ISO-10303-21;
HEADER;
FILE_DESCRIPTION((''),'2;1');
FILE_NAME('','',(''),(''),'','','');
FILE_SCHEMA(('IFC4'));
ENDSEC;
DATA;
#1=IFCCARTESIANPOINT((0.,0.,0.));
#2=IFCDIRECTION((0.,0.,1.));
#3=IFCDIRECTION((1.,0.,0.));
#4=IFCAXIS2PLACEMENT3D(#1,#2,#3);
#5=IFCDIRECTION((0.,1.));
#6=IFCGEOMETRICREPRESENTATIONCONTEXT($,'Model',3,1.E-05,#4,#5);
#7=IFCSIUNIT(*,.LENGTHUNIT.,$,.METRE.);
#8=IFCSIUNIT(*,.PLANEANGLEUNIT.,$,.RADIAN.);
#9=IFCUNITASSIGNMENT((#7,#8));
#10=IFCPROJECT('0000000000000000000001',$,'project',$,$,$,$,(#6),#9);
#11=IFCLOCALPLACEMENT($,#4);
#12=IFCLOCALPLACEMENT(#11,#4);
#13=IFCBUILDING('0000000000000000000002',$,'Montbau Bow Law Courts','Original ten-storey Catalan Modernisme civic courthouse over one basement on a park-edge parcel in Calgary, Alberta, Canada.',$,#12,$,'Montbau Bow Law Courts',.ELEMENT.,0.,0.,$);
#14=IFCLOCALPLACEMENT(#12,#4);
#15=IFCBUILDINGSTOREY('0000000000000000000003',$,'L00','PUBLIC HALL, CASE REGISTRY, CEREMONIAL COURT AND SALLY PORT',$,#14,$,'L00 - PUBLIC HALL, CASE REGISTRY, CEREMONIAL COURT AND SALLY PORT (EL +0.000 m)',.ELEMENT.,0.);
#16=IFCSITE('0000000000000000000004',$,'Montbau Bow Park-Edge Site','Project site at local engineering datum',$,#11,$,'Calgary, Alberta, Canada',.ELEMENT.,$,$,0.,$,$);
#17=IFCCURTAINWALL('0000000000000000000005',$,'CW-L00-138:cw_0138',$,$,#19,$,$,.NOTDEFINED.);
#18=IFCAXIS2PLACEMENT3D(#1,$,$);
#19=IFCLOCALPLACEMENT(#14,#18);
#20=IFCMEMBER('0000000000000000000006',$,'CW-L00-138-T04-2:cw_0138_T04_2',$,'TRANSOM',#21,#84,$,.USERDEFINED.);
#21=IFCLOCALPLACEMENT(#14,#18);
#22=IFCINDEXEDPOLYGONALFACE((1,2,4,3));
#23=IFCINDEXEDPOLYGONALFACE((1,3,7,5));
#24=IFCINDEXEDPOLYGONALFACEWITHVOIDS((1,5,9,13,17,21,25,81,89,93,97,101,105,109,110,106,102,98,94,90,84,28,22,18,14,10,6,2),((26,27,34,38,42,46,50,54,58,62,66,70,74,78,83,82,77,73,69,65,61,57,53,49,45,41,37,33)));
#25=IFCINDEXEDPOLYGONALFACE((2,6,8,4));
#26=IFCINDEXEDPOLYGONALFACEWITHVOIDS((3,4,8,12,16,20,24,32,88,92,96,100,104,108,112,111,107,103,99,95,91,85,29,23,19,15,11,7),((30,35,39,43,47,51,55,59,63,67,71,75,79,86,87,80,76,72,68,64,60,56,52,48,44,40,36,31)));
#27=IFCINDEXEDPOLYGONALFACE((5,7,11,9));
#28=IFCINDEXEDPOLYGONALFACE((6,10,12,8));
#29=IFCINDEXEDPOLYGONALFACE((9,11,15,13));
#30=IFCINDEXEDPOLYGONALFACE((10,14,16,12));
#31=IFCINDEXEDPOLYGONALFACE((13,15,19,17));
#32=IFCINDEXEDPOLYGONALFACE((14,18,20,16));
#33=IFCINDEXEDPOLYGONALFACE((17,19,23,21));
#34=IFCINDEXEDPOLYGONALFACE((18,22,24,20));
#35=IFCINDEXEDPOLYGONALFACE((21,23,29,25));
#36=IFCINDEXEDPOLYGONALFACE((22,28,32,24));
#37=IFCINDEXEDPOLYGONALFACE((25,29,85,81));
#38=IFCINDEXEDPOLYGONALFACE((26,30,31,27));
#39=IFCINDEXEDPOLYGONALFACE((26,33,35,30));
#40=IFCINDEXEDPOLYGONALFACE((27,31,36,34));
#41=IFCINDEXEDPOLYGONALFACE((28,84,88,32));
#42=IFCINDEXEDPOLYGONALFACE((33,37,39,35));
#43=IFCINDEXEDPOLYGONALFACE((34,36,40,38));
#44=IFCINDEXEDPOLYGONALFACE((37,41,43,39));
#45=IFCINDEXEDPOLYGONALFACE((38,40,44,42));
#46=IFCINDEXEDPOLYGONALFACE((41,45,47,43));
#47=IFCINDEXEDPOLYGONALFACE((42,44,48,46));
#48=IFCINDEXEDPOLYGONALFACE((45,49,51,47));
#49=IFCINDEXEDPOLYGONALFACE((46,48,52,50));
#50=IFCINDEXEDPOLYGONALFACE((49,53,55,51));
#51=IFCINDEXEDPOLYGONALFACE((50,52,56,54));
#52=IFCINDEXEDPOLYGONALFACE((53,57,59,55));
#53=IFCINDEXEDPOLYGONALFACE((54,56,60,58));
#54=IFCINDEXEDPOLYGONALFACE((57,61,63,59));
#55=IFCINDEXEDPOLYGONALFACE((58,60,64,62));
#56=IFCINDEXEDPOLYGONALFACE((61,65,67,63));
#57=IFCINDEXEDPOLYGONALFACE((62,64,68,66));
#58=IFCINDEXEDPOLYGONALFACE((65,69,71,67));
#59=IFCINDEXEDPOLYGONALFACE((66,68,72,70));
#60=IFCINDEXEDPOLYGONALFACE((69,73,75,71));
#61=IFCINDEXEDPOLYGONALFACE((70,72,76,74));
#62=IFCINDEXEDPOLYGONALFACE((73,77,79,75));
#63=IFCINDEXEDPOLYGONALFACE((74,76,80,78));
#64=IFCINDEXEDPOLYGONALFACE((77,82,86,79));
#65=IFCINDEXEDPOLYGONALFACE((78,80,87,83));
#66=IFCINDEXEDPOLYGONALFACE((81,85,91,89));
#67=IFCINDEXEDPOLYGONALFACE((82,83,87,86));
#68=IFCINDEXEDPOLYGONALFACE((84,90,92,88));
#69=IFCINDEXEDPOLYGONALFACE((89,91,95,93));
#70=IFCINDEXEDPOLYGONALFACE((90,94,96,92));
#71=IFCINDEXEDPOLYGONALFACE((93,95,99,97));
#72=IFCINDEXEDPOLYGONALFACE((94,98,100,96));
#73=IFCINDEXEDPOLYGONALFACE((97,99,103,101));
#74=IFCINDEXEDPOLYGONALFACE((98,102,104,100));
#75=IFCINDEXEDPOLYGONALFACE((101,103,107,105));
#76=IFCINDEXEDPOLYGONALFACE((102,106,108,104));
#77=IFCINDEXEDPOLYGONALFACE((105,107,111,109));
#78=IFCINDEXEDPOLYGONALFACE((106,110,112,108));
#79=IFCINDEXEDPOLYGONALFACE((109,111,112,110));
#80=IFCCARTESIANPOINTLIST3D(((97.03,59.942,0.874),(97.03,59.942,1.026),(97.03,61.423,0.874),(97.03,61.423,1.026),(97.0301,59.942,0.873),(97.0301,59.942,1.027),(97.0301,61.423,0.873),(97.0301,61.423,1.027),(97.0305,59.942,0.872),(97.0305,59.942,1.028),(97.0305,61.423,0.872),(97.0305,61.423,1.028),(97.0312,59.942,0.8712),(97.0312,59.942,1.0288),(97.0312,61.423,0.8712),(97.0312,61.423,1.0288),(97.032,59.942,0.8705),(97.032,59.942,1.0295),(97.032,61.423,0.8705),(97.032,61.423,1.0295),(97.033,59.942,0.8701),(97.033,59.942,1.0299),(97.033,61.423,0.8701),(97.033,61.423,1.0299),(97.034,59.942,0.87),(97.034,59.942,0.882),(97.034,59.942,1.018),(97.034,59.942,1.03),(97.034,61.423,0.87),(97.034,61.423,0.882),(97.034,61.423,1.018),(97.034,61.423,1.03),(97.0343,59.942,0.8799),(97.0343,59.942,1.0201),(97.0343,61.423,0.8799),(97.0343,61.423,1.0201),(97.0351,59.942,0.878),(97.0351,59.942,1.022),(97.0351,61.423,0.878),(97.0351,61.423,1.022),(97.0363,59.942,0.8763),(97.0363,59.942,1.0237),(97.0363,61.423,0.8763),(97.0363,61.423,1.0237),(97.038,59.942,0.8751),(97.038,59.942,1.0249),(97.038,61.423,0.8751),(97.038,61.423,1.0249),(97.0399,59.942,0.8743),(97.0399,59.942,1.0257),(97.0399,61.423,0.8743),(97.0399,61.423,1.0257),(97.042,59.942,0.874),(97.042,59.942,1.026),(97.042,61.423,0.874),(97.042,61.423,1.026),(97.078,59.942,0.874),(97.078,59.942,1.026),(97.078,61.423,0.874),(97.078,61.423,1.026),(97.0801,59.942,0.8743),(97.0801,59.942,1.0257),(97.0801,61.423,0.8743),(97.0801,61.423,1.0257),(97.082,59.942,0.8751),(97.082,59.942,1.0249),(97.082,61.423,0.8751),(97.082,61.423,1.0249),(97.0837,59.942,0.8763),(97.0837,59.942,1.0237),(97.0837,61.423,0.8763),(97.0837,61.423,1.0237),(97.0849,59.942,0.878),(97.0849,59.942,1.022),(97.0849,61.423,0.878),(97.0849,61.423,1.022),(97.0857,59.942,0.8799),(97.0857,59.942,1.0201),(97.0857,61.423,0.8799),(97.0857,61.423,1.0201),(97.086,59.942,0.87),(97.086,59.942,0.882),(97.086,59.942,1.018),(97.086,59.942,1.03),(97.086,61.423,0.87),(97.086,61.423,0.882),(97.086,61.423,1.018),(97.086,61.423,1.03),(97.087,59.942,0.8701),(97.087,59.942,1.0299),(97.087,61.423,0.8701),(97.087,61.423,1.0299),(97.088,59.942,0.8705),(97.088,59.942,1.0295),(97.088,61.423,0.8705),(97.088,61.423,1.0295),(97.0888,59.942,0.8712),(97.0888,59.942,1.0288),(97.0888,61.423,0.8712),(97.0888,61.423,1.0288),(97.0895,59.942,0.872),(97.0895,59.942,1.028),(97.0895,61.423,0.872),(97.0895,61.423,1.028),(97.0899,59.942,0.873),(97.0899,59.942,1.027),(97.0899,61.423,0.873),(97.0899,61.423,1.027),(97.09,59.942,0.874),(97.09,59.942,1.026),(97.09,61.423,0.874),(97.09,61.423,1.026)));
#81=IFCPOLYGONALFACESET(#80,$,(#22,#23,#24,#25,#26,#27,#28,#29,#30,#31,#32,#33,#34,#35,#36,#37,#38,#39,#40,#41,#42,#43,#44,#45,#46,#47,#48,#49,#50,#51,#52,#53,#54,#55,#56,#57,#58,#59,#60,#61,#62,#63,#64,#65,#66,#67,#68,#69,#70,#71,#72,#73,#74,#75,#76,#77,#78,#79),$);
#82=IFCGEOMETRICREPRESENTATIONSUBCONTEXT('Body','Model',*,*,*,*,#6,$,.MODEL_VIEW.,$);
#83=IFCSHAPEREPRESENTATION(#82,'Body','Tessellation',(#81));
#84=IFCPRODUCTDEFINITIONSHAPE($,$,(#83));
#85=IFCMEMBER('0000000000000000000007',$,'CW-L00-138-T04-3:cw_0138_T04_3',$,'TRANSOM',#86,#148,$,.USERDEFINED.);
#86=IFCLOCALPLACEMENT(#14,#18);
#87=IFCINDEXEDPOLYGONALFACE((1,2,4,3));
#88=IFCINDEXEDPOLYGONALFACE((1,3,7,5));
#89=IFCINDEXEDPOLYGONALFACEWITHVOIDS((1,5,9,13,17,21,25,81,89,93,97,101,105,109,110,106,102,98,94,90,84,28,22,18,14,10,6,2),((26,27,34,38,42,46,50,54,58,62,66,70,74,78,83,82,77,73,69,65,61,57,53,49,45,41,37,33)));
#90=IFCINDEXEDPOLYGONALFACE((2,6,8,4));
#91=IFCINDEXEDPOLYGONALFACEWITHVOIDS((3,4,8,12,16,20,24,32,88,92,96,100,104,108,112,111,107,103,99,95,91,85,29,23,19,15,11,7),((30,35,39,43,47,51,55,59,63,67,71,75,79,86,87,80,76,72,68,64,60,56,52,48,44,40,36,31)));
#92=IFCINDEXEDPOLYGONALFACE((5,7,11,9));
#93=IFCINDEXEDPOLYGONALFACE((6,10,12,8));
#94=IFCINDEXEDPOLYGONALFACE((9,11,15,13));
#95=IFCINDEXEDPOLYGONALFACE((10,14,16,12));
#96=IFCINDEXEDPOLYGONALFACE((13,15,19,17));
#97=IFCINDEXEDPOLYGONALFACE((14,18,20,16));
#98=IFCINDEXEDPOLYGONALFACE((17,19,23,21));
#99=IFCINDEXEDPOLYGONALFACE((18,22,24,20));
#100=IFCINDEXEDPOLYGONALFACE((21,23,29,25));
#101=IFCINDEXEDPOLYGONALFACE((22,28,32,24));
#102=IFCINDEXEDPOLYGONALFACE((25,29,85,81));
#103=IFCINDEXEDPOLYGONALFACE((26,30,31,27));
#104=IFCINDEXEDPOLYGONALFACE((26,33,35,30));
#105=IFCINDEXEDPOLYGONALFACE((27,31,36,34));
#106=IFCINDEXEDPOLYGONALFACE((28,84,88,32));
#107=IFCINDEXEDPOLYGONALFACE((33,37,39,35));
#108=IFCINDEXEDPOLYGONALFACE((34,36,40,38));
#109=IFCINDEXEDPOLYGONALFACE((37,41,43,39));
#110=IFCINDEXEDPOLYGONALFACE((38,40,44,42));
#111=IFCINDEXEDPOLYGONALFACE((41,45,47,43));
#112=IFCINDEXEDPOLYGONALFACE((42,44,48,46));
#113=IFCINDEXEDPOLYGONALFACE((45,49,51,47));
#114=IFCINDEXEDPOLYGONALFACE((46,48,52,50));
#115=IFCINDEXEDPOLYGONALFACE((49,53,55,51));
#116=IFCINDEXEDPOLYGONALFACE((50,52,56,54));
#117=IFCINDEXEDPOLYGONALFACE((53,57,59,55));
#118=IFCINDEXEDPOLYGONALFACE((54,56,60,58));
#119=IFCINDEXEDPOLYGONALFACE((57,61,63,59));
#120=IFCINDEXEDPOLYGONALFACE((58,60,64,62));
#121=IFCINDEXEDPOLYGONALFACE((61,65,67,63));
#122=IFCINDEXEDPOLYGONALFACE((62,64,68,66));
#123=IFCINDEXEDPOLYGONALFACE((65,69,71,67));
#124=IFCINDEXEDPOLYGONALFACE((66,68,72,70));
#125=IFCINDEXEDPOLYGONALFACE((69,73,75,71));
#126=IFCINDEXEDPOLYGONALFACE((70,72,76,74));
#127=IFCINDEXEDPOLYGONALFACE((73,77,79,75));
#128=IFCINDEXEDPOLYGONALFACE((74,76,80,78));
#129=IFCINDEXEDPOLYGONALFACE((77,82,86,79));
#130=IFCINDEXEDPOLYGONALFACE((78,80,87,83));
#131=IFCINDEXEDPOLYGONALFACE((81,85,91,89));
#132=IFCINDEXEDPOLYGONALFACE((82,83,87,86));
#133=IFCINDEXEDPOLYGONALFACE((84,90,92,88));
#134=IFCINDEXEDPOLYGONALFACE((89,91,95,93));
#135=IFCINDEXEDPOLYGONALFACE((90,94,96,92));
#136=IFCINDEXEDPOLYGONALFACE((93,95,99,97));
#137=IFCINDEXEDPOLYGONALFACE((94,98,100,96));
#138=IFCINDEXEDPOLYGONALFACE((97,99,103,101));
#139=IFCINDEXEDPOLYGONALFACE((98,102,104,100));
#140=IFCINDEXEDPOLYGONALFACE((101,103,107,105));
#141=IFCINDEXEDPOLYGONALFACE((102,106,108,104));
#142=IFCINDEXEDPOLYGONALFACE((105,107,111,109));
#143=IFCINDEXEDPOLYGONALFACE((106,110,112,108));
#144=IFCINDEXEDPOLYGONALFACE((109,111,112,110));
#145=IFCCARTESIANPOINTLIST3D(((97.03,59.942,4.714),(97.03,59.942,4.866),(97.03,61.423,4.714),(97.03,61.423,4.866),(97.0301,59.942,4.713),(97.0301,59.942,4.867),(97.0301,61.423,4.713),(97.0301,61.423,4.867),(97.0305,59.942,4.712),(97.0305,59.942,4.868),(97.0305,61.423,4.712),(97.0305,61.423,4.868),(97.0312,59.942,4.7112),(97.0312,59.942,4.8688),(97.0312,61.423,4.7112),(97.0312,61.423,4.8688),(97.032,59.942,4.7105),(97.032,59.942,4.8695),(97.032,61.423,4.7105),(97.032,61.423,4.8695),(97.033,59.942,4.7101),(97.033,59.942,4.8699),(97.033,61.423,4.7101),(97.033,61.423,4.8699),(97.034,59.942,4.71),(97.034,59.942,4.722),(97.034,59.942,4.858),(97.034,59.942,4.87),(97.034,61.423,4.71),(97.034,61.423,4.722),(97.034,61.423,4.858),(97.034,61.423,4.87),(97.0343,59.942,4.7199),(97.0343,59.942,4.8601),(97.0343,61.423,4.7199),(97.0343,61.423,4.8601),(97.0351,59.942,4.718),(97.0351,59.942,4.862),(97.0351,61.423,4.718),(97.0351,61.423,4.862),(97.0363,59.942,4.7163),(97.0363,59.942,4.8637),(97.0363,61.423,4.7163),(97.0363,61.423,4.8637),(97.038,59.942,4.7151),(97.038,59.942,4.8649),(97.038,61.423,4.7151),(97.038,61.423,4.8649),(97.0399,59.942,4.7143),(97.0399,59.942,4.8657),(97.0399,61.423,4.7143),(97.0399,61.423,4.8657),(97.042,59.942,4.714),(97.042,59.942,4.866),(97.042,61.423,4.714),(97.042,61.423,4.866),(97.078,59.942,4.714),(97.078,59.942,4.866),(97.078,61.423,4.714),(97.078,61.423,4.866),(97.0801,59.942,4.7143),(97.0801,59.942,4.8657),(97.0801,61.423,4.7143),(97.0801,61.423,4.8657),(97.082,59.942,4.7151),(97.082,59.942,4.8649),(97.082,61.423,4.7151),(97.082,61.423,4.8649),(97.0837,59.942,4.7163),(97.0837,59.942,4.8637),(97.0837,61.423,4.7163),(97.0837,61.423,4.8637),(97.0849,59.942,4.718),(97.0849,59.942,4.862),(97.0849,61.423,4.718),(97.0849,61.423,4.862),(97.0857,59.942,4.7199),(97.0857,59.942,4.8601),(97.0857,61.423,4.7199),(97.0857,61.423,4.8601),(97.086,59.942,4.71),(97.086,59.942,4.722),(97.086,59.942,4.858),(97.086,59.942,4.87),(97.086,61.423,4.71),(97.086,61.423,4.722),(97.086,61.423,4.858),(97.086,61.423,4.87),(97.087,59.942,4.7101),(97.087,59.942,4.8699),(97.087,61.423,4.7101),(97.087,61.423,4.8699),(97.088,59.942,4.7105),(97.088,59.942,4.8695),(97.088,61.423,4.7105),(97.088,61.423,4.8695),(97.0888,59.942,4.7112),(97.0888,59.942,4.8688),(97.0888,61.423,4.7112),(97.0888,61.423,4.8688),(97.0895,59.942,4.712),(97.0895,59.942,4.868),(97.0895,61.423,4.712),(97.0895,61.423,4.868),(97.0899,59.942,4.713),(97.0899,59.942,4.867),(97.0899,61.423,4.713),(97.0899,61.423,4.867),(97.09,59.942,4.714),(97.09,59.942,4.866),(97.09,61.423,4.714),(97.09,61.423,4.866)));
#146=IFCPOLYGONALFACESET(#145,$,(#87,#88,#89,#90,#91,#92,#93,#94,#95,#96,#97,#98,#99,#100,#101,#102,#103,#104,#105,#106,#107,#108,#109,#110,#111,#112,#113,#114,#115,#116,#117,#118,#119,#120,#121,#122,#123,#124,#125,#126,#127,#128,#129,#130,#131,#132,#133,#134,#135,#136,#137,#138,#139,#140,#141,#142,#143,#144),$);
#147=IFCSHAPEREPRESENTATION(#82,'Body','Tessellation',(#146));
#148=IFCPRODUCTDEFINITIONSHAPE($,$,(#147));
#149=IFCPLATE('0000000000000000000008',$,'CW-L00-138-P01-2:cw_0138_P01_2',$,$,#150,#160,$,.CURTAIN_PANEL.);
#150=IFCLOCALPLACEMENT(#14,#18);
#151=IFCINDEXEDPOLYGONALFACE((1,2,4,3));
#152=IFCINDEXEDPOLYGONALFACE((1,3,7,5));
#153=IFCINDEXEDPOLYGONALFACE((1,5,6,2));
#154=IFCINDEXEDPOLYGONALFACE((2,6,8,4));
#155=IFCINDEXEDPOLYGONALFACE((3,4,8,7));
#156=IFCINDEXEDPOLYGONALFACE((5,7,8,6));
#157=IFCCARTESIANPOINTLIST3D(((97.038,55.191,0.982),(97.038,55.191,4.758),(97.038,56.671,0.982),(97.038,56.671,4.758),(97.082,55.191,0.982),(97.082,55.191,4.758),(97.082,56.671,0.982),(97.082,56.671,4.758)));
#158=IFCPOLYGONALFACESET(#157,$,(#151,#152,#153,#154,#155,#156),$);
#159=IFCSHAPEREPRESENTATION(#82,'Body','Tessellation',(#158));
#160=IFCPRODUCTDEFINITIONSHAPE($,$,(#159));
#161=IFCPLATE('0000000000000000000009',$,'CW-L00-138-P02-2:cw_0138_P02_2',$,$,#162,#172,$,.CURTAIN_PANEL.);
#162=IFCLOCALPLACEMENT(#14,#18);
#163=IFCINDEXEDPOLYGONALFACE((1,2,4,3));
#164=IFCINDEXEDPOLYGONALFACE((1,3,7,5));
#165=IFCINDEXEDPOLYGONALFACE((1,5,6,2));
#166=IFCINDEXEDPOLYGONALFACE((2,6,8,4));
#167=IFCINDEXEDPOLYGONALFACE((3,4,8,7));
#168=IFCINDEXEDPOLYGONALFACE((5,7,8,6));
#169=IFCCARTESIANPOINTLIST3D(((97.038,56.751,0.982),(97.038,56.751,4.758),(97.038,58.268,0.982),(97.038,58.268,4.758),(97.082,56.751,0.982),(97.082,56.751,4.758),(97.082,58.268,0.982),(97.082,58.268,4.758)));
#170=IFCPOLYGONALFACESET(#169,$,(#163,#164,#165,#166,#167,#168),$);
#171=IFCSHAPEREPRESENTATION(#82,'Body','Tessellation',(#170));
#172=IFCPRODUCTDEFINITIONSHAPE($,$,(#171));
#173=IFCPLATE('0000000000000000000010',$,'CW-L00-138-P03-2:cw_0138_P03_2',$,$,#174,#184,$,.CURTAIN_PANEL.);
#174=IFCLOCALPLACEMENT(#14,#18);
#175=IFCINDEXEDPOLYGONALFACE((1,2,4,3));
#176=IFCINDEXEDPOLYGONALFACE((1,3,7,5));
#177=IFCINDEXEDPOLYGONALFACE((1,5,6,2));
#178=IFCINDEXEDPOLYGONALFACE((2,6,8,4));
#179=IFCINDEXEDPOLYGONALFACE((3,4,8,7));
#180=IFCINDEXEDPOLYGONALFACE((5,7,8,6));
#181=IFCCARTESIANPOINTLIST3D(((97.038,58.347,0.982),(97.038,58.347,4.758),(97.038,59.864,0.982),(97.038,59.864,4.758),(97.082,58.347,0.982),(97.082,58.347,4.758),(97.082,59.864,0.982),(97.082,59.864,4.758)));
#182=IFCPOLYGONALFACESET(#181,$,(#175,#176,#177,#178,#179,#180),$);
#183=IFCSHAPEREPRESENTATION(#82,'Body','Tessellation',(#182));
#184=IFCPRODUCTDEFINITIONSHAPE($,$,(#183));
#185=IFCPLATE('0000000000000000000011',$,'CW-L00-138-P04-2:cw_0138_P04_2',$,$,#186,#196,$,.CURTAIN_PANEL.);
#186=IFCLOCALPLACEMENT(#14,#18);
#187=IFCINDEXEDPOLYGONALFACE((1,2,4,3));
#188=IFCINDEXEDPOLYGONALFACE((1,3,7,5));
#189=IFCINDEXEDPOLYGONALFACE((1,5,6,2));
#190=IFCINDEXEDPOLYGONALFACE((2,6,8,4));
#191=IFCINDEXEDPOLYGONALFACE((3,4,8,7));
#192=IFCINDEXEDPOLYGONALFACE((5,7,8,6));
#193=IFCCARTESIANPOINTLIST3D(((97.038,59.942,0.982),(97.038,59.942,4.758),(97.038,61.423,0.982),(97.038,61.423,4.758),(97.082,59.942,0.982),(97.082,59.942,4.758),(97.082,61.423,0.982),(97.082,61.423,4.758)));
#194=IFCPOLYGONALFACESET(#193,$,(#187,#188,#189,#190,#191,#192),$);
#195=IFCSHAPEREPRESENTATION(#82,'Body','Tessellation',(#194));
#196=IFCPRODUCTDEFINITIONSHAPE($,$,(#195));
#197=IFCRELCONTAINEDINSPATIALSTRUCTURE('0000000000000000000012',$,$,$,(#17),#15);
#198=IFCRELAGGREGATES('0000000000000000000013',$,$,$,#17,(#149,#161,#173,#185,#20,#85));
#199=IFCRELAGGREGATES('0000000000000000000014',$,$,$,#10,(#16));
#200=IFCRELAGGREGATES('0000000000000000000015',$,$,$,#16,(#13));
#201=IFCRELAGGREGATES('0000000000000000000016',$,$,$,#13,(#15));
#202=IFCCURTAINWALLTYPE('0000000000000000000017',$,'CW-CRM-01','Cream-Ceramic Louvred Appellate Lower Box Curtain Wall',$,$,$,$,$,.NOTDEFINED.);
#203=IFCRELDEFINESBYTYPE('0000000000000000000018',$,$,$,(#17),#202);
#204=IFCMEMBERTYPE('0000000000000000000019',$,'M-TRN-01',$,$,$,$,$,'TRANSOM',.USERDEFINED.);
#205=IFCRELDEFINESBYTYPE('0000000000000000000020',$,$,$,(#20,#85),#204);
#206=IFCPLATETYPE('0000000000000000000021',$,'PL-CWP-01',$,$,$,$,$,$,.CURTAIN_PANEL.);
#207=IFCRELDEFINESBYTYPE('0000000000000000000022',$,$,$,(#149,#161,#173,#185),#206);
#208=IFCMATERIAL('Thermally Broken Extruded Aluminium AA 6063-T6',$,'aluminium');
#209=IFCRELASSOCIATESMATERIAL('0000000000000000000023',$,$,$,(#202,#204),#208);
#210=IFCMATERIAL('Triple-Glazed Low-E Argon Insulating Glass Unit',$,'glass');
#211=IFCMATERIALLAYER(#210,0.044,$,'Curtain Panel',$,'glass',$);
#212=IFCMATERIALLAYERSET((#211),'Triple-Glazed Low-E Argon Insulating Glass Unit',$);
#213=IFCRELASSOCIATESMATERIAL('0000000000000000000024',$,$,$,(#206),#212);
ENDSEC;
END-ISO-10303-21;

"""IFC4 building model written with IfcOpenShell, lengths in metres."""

from ifc_helpers import new_model, si_unit, direction, frame, frame_2d, origin_with_axes, origin_2d_with_axis, place, context, subcontext, project, spatial, rectangle, hollow_rectangle, extrude, material, layer, layer_set, material_profile, profile_set, type_object, element, aggregate, save


model = new_model("IFC4")

# Units and contexts
model_context = context("Model", 3, precision=1e-05, world=origin_with_axes(), true_north=direction((0.0, 1.0)))
body_context = subcontext(model_context, "Body", "Model", "MODEL_VIEW")
ifc_project = project(units=[si_unit("LENGTHUNIT", "METRE"), si_unit("PLANEANGLEUNIT", "RADIAN")], contexts=[model_context])

# Site, building, storey
site_placement = place(None, origin_with_axes())
site = spatial("IfcSite", under=ifc_project, at=site_placement, Name="Montbau Bow Park-Edge Site", Description="Project site at local engineering datum", LongName="Calgary, Alberta, Canada", CompositionType="ELEMENT", RefElevation=0.0)
building_placement = place(site_placement, origin_with_axes())
building = spatial("IfcBuilding", under=site, at=building_placement, Name="Montbau Bow Law Courts", Description="Original ten-storey Catalan Modernisme civic courthouse over one basement on a park-edge parcel in Calgary, Alberta, Canada.", LongName="Montbau Bow Law Courts", CompositionType="ELEMENT", ElevationOfRefHeight=0.0, ElevationOfTerrain=0.0)
storey_placement = place(building_placement, origin_with_axes())
storey = spatial("IfcBuildingStorey", under=building, at=storey_placement, Name="L00", Description="PUBLIC HALL, CASE REGISTRY, CEREMONIAL COURT AND SALLY PORT", LongName="L00 - PUBLIC HALL, CASE REGISTRY, CEREMONIAL COURT AND SALLY PORT (EL +0.000 m)", CompositionType="ELEMENT", Elevation=0.0)

# Curtain wall
ifc_material_1 = material(Name="Thermally Broken Extruded Aluminium AA 6063-T6", Category="aluminium")
curtain_wall_type = type_object("IfcCurtainWallType", Name="CW-CRM-01", Description="Cream-Ceramic Louvred Appellate Lower Box Curtain Wall", PredefinedType="NOTDEFINED", material=ifc_material_1)
curtain_wall_1_placement = place(None, frame((97.06, 55.115, 0.0), z_axis=(0.0, 0.0, 1.0), x_axis=(1.0, 0.0, 0.0)))
curtain_wall_1 = element("IfcCurtainWall", 1, at=curtain_wall_1_placement, inside=storey, type_object=curtain_wall_type, Name="CW-L00-138:cw_0138", PredefinedType="NOTDEFINED")

# Members
ifc_material_profile_1 = material_profile(ifc_material_1, hollow_rectangle(XDim=0.06, YDim=0.16, WallThickness=0.004, InnerFilletRadius=0.008, OuterFilletRadius=0.004, at=origin_2d_with_axis()), Name="CWT-160X60", Category="Main", Priority=0)
ifc_profile_set_1 = profile_set([ifc_material_profile_1], Name="Thermally Broken Extruded Aluminium AA 6063-T6")
member_type_1 = type_object("IfcMemberType", Name="M-TRN-01", ElementType="TRANSOM", PredefinedType="USERDEFINED", material=ifc_profile_set_1)
member_1_placement = place(None, frame((97.06, 59.942, 0.95), z_axis=(0.0, 1.0, 0.0), x_axis=(-1.0, 0.0, 0.0)))
member_1 = element("IfcMember", 2, at=member_1_placement, type_object=member_type_1, Name="CW-L00-138-T04-2:cw_0138_T04_2", ObjectType="TRANSOM", PredefinedType="USERDEFINED", context=body_context, shape_type="SweptSolid", body=[
    extrude(hollow_rectangle(XDim=0.06, YDim=0.16, WallThickness=0.004, InnerFilletRadius=0.008, OuterFilletRadius=0.004, at=origin_2d_with_axis()), origin_with_axes(), (0.0, 0.0, 1.0), 1.481),
])
member_2_placement = place(None, frame((97.06, 59.942, 4.79), z_axis=(0.0, 1.0, 0.0), x_axis=(-1.0, 0.0, 0.0)))
member_2 = element("IfcMember", 3, at=member_2_placement, type_object=member_type_1, Name="CW-L00-138-T04-3:cw_0138_T04_3", ObjectType="TRANSOM", PredefinedType="USERDEFINED", context=body_context, shape_type="SweptSolid", body=[
    extrude(hollow_rectangle(XDim=0.06, YDim=0.16, WallThickness=0.004, InnerFilletRadius=0.008, OuterFilletRadius=0.004, at=origin_2d_with_axis()), origin_with_axes(), (0.0, 0.0, 1.0), 1.481),
])

# Plates
ifc_material_2 = material(Name="Triple-Glazed Low-E Argon Insulating Glass Unit", Category="glass")
ifc_layer_1 = layer(ifc_material_2, 0.044, Name="Curtain Panel", Category="glass")
ifc_layer_set_1 = layer_set([ifc_layer_1], Name="Triple-Glazed Low-E Argon Insulating Glass Unit")
plate_type_1 = type_object("IfcPlateType", Name="PL-CWP-01", PredefinedType="CURTAIN_PANEL", material=ifc_layer_set_1)
plate_1_placement = place(None, frame((97.06, 55.191, 0.982), z_axis=(1.0, 0.0, 0.0), x_axis=(0.0, 1.0, 0.0)))
plate_1 = element("IfcPlate", 4, at=plate_1_placement, type_object=plate_type_1, Name="CW-L00-138-P01-2:cw_0138_P01_2", PredefinedType="CURTAIN_PANEL", context=body_context, shape_type="SweptSolid", body=[
    extrude(rectangle(XDim=1.48, YDim=3.776, at=frame_2d((0.74, 1.888), x_axis=(1.0, 0.0))), frame((0.0, 0.0, -0.022), z_axis=(0.0, 0.0, 1.0), x_axis=(1.0, 0.0, 0.0)), (0.0, 0.0, 1.0), 0.044),
])
plate_2_placement = place(None, frame((97.06, 56.751, 0.982), z_axis=(1.0, 0.0, 0.0), x_axis=(0.0, 1.0, 0.0)))
plate_2 = element("IfcPlate", 5, at=plate_2_placement, type_object=plate_type_1, Name="CW-L00-138-P02-2:cw_0138_P02_2", PredefinedType="CURTAIN_PANEL", context=body_context, shape_type="SweptSolid", body=[
    extrude(rectangle(XDim=1.517, YDim=3.776, at=frame_2d((0.7585, 1.888), x_axis=(1.0, 0.0))), frame((0.0, 0.0, -0.022), z_axis=(0.0, 0.0, 1.0), x_axis=(1.0, 0.0, 0.0)), (0.0, 0.0, 1.0), 0.044),
])
plate_3_placement = place(None, frame((97.06, 58.347, 0.982), z_axis=(1.0, 0.0, 0.0), x_axis=(0.0, 1.0, 0.0)))
plate_3 = element("IfcPlate", 6, at=plate_3_placement, type_object=plate_type_1, Name="CW-L00-138-P03-2:cw_0138_P03_2", PredefinedType="CURTAIN_PANEL", context=body_context, shape_type="SweptSolid", body=[
    extrude(rectangle(XDim=1.517, YDim=3.776, at=frame_2d((0.7585, 1.888), x_axis=(1.0, 0.0))), frame((0.0, 0.0, -0.022), z_axis=(0.0, 0.0, 1.0), x_axis=(1.0, 0.0, 0.0)), (0.0, 0.0, 1.0), 0.044),
])
plate_4_placement = place(None, frame((97.06, 59.942, 0.982), z_axis=(1.0, 0.0, 0.0), x_axis=(0.0, 1.0, 0.0)))
plate_4 = element("IfcPlate", 7, at=plate_4_placement, type_object=plate_type_1, Name="CW-L00-138-P04-2:cw_0138_P04_2", PredefinedType="CURTAIN_PANEL", context=body_context, shape_type="SweptSolid", body=[
    extrude(rectangle(XDim=1.481, YDim=3.776, at=frame_2d((0.7405, 1.888), x_axis=(1.0, 0.0))), frame((0.0, 0.0, -0.022), z_axis=(0.0, 0.0, 1.0), x_axis=(1.0, 0.0, 0.0)), (0.0, 0.0, 1.0), 0.044),
])
aggregate(curtain_wall_1, [plate_1, plate_2, plate_3, plate_4, member_1, member_2])

save(model, "model.ifc")
